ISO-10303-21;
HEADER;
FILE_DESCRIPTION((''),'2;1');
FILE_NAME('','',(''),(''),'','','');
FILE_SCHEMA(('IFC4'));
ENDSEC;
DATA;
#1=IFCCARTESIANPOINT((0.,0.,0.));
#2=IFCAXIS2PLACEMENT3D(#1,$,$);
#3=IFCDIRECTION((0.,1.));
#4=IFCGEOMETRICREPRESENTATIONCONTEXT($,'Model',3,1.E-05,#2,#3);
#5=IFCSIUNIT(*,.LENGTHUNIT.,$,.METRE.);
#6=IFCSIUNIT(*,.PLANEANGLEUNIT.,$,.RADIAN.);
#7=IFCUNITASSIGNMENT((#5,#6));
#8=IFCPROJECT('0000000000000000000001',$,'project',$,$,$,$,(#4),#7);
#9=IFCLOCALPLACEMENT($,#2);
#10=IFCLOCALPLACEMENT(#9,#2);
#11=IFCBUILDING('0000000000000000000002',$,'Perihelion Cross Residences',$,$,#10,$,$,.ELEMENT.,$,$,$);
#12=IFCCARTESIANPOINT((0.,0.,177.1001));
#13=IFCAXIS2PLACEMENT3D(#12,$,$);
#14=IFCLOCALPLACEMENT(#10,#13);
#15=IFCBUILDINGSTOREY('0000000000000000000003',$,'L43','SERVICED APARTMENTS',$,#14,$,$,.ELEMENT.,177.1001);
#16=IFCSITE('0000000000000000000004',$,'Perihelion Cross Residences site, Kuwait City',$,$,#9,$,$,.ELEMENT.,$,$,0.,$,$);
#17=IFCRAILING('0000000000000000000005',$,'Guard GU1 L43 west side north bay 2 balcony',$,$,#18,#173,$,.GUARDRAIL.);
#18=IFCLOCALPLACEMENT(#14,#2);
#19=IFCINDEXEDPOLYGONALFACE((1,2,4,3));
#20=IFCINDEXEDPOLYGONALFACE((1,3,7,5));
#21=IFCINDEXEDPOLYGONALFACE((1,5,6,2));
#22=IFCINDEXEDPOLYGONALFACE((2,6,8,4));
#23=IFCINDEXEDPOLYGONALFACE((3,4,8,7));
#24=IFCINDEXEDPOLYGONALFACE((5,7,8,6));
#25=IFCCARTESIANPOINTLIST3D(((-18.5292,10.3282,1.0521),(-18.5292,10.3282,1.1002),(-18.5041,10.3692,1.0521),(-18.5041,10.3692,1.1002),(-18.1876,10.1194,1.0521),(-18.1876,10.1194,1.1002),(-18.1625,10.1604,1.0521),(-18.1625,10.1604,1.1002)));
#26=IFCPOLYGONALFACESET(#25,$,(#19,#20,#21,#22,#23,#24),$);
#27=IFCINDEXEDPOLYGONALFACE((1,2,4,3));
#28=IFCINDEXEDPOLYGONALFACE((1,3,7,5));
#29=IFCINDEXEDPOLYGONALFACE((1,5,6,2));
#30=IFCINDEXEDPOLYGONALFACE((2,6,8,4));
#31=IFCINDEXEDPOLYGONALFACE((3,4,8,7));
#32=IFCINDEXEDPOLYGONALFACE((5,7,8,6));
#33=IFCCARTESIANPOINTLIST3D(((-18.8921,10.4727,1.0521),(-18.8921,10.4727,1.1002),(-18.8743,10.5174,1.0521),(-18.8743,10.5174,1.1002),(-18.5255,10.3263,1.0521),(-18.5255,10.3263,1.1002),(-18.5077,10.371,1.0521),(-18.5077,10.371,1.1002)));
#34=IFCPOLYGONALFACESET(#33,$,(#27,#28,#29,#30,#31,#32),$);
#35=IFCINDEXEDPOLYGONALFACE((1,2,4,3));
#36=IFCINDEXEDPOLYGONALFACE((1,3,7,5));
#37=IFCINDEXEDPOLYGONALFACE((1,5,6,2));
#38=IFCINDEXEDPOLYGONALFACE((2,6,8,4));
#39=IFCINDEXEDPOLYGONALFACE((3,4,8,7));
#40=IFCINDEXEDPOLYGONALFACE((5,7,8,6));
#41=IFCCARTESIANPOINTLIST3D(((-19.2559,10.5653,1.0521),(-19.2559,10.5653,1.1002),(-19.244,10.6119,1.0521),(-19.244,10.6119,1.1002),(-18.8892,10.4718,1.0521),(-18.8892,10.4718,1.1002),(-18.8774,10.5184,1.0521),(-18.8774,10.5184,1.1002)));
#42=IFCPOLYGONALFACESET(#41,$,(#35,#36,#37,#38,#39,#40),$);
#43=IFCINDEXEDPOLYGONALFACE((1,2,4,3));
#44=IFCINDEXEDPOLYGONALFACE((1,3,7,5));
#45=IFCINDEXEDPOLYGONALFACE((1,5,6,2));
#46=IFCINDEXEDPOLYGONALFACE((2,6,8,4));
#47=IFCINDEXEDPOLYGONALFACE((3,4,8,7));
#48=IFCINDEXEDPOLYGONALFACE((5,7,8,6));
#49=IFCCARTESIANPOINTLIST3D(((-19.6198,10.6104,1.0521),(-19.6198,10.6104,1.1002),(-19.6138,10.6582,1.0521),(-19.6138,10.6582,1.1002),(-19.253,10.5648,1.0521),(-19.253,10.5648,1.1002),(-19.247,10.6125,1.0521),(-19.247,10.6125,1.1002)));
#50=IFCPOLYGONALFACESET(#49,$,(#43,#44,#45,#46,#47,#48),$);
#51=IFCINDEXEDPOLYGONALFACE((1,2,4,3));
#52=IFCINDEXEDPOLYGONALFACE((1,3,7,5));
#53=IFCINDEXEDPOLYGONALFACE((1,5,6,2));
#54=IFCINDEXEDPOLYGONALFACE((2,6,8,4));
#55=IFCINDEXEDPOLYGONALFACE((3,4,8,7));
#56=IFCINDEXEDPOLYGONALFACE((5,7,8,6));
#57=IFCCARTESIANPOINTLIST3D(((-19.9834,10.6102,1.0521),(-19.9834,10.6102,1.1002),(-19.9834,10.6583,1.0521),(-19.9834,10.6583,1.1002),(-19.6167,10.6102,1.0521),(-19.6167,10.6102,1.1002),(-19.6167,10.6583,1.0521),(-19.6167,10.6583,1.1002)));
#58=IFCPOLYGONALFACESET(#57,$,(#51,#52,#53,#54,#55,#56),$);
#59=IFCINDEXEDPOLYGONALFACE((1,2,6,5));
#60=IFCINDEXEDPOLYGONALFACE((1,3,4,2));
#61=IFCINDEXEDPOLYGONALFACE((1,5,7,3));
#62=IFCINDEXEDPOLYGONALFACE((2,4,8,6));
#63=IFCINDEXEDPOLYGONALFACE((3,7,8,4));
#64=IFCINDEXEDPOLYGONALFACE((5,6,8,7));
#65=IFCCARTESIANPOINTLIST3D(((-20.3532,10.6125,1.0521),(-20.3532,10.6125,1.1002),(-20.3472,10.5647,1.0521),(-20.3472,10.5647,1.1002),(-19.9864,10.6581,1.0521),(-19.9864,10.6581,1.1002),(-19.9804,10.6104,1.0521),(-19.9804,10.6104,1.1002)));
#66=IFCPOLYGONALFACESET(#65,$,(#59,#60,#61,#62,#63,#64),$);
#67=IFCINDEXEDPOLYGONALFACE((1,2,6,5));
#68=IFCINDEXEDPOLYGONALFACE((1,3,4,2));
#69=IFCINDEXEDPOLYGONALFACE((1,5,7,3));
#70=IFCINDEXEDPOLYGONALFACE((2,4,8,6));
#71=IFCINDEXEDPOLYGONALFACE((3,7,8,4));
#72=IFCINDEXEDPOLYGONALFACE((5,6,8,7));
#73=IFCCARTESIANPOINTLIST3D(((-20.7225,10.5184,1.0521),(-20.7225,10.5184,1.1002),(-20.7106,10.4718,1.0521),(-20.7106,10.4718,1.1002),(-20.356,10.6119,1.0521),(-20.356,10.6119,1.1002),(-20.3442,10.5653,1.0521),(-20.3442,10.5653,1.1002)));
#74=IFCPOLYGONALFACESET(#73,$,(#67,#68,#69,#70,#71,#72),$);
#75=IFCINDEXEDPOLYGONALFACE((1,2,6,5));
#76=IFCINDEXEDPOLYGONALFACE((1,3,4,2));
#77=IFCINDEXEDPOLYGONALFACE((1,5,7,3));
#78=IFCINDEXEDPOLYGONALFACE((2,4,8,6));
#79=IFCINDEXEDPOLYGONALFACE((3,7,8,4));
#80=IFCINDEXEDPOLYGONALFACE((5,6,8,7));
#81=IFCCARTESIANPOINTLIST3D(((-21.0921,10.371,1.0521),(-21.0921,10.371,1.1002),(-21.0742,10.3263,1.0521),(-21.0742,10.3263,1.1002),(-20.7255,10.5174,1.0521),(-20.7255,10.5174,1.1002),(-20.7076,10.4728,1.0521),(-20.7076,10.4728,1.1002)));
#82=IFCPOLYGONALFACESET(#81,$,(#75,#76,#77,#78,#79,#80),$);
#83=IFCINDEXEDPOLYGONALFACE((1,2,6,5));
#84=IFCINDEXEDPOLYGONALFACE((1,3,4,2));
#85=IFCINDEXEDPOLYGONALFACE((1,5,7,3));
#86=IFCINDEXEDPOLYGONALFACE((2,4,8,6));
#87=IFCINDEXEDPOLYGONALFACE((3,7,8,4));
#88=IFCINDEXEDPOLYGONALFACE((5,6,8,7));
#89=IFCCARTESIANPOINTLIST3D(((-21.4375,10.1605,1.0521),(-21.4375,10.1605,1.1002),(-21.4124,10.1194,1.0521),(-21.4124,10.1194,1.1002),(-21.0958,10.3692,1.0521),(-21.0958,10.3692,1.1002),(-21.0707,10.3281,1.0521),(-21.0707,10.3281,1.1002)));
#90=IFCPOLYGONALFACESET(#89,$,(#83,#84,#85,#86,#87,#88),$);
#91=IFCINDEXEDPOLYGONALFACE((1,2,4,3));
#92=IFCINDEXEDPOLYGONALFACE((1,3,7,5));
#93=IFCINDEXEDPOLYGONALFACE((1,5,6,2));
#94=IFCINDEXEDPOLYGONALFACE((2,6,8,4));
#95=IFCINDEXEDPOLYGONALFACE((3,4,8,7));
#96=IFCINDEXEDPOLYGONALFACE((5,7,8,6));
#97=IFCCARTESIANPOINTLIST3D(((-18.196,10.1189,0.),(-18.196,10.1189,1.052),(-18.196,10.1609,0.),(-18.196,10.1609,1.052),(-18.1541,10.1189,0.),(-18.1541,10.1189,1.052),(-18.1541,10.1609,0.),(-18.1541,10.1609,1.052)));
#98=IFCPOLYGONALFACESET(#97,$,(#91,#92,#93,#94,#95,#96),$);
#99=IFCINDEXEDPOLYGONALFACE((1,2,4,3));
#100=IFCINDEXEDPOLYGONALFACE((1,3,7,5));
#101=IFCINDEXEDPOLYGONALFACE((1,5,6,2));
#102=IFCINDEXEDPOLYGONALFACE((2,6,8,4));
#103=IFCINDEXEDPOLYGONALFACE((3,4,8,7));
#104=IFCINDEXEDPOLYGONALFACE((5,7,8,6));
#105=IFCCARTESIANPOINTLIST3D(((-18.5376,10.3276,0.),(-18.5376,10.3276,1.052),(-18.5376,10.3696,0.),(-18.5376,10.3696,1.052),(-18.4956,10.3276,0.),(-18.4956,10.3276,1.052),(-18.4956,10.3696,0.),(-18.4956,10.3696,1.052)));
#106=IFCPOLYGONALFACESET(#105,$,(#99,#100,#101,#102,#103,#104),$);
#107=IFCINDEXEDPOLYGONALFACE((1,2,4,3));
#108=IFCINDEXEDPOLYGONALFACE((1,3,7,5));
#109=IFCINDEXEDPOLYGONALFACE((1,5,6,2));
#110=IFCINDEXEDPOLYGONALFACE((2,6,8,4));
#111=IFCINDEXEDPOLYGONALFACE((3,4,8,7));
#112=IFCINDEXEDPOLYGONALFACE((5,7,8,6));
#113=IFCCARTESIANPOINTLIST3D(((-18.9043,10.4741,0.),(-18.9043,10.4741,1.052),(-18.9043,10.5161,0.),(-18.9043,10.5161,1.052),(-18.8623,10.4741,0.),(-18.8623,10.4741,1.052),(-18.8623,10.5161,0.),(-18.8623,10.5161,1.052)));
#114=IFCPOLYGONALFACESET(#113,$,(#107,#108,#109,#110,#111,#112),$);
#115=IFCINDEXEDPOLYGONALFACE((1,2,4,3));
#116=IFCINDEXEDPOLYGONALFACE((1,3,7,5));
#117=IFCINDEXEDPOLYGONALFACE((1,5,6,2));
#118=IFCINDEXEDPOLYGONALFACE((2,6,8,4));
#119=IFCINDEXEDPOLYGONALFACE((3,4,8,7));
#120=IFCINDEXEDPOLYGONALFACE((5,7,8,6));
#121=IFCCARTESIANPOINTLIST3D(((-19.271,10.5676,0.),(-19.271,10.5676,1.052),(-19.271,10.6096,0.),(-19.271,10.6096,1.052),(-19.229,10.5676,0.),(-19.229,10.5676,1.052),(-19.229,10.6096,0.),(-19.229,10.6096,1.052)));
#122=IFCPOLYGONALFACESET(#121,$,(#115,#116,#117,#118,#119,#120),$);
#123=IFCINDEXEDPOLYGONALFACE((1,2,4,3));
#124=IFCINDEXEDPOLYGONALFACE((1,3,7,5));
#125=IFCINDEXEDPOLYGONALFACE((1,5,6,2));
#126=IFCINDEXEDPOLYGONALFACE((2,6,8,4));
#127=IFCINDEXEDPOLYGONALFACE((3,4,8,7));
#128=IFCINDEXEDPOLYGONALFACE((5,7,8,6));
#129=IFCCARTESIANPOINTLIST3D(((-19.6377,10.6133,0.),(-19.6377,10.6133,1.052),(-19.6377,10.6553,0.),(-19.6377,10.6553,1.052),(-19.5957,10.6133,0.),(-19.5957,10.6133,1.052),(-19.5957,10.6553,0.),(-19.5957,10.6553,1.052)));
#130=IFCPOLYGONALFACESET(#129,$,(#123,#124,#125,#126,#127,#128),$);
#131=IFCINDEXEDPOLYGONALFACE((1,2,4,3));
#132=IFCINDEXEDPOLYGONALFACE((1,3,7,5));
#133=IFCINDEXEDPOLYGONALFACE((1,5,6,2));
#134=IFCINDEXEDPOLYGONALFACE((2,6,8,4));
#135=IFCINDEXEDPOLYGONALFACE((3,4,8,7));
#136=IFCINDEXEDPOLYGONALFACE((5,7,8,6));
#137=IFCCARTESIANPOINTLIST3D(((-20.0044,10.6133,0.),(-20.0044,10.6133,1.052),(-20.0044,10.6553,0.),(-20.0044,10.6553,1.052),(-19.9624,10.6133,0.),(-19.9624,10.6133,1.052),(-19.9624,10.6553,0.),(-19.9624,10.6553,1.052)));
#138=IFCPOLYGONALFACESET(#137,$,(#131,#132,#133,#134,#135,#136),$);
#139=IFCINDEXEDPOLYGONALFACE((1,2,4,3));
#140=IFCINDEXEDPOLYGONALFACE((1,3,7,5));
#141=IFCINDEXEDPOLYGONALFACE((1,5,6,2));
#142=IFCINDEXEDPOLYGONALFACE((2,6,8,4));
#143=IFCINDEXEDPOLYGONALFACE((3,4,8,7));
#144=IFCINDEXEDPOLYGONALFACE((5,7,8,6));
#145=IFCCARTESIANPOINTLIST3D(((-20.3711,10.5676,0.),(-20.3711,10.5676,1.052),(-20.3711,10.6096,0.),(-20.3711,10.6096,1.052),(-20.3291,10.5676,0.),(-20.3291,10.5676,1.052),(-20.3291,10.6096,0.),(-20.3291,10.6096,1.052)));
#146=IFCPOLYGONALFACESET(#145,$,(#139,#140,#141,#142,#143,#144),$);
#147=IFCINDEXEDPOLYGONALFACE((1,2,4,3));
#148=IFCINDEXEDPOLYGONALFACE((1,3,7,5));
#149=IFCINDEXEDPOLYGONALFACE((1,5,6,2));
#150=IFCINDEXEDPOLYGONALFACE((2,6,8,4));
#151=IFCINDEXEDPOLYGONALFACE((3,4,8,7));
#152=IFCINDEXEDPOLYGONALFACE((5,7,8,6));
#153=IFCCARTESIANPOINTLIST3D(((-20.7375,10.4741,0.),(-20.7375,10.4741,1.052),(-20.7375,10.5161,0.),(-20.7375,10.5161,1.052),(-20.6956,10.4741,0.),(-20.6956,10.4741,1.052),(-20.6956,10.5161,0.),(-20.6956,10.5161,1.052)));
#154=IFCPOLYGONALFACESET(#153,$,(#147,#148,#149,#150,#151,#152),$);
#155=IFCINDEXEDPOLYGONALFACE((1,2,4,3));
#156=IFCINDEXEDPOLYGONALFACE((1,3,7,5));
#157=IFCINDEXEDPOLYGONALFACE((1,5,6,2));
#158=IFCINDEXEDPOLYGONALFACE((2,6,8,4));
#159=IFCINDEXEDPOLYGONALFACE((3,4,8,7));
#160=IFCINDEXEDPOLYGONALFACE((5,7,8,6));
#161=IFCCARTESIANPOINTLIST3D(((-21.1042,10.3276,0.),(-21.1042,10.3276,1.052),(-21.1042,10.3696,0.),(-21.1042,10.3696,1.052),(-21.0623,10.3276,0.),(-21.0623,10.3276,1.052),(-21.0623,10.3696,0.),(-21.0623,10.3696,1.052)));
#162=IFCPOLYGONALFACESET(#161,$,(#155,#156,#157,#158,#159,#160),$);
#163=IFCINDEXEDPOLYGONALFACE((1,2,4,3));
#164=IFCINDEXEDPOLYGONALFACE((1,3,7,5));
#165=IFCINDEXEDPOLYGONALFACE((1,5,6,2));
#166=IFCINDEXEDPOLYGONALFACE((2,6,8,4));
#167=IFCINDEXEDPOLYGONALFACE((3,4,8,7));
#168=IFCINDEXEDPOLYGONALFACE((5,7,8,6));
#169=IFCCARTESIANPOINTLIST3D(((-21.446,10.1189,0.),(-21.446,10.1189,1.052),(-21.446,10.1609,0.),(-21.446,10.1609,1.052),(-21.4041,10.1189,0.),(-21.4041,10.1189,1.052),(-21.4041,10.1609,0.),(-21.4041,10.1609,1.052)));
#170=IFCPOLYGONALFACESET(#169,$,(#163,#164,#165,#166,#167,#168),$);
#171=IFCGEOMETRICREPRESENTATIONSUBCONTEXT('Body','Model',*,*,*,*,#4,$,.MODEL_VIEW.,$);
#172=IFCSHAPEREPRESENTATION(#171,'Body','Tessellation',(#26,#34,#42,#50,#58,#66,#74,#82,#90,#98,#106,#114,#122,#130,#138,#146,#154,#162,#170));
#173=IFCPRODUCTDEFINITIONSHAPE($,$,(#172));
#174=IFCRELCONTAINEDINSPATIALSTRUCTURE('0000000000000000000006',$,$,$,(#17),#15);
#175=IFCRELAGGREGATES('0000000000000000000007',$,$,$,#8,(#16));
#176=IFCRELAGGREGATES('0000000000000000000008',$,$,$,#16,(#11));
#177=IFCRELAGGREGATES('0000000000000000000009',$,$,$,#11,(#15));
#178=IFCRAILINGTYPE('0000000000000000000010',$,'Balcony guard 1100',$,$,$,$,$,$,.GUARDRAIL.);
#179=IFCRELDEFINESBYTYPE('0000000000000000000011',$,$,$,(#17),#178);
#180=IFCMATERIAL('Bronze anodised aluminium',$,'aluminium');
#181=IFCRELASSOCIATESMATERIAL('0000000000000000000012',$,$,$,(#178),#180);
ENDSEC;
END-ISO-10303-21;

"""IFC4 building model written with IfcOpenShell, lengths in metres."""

from ifc_helpers import new_model, si_unit, direction, frame, origin, origin_2d, place, context, subcontext, project, spatial, rectangle, extrude, material, type_object, element, save


model = new_model("IFC4")

# Units and contexts
model_context = context("Model", 3, precision=1e-05, world=origin(), true_north=direction((0.0, 1.0)))
body_context = subcontext(model_context, "Body", "Model", "MODEL_VIEW")
ifc_project = project(units=[si_unit("LENGTHUNIT", "METRE"), si_unit("PLANEANGLEUNIT", "RADIAN")], contexts=[model_context])

# Site, building, storey
site_placement = place(None, origin())
site = spatial("IfcSite", under=ifc_project, at=site_placement, Name="Perihelion Cross Residences site, Kuwait City", CompositionType="ELEMENT", RefElevation=0.0)
building_placement = place(site_placement, origin())
building = spatial("IfcBuilding", under=site, at=building_placement, Name="Perihelion Cross Residences", CompositionType="ELEMENT")
storey_placement = place(building_placement, frame((0.0, 0.0, 177.1001)))
storey = spatial("IfcBuildingStorey", under=building, at=storey_placement, Name="L43", Description="SERVICED APARTMENTS", CompositionType="ELEMENT", Elevation=177.1001)

# Railing
ifc_material_1 = material(Name="Bronze anodised aluminium", Category="aluminium")
railing_type = type_object("IfcRailingType", Name="Balcony guard 1100", PredefinedType="GUARDRAIL", material=ifc_material_1)
railing_placement = place(storey_placement, frame((-18.175, 10.1399, 0.0)))
element("IfcRailing", 1, at=railing_placement, inside=storey, type_object=railing_type, Name="Guard GU1 L43 west side north bay 2 balcony", PredefinedType="GUARDRAIL", context=body_context, shape_type="SweptSolid", body=[
    extrude(rectangle(XDim=0.0481, YDim=0.0481, at=origin_2d()), frame((0.0, 0.0, 1.0762), z_axis=(-0.853267, 0.521475, 0.0), x_axis=(-0.521475, -0.853267, 0.0)), (0.0, 0.0, 1.0), 0.4004),
    extrude(rectangle(XDim=0.0481, YDim=0.0481, at=origin_2d()), frame((-0.3416, 0.2087, 1.0762), z_axis=(-0.928647, 0.370964, 0.0), x_axis=(-0.370964, -0.928647, 0.0)), (0.0, 0.0, 1.0), 0.3948),
    extrude(rectangle(XDim=0.0481, YDim=0.0481, at=origin_2d()), frame((-0.7083, 0.3552, 1.0762), z_axis=(-0.968993, 0.247087, 0.0), x_axis=(-0.247087, -0.968993, 0.0)), (0.0, 0.0, 1.0), 0.3784),
    extrude(rectangle(XDim=0.0481, YDim=0.0481, at=origin_2d()), frame((-1.075, 0.4487, 1.0762), z_axis=(-0.992339, 0.123547, 0.0), x_axis=(-0.123547, -0.992339, 0.0)), (0.0, 0.0, 1.0), 0.3696),
    extrude(rectangle(XDim=0.0481, YDim=0.0481, at=origin_2d()), frame((-1.4417, 0.4944, 1.0762), z_axis=(-1.0, 0.0, 0.0), x_axis=(0.0, -1.0, 0.0)), (0.0, 0.0, 1.0), 0.3667),
    extrude(rectangle(XDim=0.0481, YDim=0.0481, at=origin_2d()), frame((-1.8083, 0.4944, 1.0762), z_axis=(-0.992339, -0.123547, 0.0), x_axis=(0.123547, -0.992339, 0.0)), (0.0, 0.0, 1.0), 0.3696),
    extrude(rectangle(XDim=0.0481, YDim=0.0481, at=origin_2d()), frame((-2.175, 0.4487, 1.0762), z_axis=(-0.968954, -0.247241, 0.0), x_axis=(0.247241, -0.968954, 0.0)), (0.0, 0.0, 1.0), 0.3782),
    extrude(rectangle(XDim=0.0481, YDim=0.0481, at=origin_2d()), frame((-2.5415, 0.3552, 1.0762), z_axis=(-0.928647, -0.370964, 0.0), x_axis=(0.370964, -0.928647, 0.0)), (0.0, 0.0, 1.0), 0.3948),
    extrude(rectangle(XDim=0.0481, YDim=0.0481, at=origin_2d()), frame((-2.9082, 0.2087, 1.0762), z_axis=(-0.853432, -0.521203, 0.0), x_axis=(0.521203, -0.853432, 0.0)), (0.0, 0.0, 1.0), 0.4004),
    extrude(rectangle(XDim=0.042, YDim=0.042, at=origin_2d()), origin(), (0.0, 0.0, 1.0), 1.052),
    extrude(rectangle(XDim=0.042, YDim=0.042, at=origin_2d()), frame((-0.3416, 0.2087, 0.0)), (0.0, 0.0, 1.0), 1.052),
    extrude(rectangle(XDim=0.042, YDim=0.042, at=origin_2d()), frame((-0.7083, 0.3552, 0.0)), (0.0, 0.0, 1.0), 1.052),
    extrude(rectangle(XDim=0.042, YDim=0.042, at=origin_2d()), frame((-1.075, 0.4487, 0.0)), (0.0, 0.0, 1.0), 1.052),
    extrude(rectangle(XDim=0.042, YDim=0.042, at=origin_2d()), frame((-1.4417, 0.4944, 0.0)), (0.0, 0.0, 1.0), 1.052),
    extrude(rectangle(XDim=0.042, YDim=0.042, at=origin_2d()), frame((-1.8083, 0.4944, 0.0)), (0.0, 0.0, 1.0), 1.052),
    extrude(rectangle(XDim=0.042, YDim=0.042, at=origin_2d()), frame((-2.175, 0.4487, 0.0)), (0.0, 0.0, 1.0), 1.052),
    extrude(rectangle(XDim=0.042, YDim=0.042, at=origin_2d()), frame((-2.5415, 0.3552, 0.0)), (0.0, 0.0, 1.0), 1.052),
    extrude(rectangle(XDim=0.042, YDim=0.042, at=origin_2d()), frame((-2.9082, 0.2087, 0.0)), (0.0, 0.0, 1.0), 1.052),
    extrude(rectangle(XDim=0.042, YDim=0.042, at=origin_2d()), frame((-3.25, 0.0, 0.0)), (0.0, 0.0, 1.0), 1.052),
])

save(model, "model.ifc")
